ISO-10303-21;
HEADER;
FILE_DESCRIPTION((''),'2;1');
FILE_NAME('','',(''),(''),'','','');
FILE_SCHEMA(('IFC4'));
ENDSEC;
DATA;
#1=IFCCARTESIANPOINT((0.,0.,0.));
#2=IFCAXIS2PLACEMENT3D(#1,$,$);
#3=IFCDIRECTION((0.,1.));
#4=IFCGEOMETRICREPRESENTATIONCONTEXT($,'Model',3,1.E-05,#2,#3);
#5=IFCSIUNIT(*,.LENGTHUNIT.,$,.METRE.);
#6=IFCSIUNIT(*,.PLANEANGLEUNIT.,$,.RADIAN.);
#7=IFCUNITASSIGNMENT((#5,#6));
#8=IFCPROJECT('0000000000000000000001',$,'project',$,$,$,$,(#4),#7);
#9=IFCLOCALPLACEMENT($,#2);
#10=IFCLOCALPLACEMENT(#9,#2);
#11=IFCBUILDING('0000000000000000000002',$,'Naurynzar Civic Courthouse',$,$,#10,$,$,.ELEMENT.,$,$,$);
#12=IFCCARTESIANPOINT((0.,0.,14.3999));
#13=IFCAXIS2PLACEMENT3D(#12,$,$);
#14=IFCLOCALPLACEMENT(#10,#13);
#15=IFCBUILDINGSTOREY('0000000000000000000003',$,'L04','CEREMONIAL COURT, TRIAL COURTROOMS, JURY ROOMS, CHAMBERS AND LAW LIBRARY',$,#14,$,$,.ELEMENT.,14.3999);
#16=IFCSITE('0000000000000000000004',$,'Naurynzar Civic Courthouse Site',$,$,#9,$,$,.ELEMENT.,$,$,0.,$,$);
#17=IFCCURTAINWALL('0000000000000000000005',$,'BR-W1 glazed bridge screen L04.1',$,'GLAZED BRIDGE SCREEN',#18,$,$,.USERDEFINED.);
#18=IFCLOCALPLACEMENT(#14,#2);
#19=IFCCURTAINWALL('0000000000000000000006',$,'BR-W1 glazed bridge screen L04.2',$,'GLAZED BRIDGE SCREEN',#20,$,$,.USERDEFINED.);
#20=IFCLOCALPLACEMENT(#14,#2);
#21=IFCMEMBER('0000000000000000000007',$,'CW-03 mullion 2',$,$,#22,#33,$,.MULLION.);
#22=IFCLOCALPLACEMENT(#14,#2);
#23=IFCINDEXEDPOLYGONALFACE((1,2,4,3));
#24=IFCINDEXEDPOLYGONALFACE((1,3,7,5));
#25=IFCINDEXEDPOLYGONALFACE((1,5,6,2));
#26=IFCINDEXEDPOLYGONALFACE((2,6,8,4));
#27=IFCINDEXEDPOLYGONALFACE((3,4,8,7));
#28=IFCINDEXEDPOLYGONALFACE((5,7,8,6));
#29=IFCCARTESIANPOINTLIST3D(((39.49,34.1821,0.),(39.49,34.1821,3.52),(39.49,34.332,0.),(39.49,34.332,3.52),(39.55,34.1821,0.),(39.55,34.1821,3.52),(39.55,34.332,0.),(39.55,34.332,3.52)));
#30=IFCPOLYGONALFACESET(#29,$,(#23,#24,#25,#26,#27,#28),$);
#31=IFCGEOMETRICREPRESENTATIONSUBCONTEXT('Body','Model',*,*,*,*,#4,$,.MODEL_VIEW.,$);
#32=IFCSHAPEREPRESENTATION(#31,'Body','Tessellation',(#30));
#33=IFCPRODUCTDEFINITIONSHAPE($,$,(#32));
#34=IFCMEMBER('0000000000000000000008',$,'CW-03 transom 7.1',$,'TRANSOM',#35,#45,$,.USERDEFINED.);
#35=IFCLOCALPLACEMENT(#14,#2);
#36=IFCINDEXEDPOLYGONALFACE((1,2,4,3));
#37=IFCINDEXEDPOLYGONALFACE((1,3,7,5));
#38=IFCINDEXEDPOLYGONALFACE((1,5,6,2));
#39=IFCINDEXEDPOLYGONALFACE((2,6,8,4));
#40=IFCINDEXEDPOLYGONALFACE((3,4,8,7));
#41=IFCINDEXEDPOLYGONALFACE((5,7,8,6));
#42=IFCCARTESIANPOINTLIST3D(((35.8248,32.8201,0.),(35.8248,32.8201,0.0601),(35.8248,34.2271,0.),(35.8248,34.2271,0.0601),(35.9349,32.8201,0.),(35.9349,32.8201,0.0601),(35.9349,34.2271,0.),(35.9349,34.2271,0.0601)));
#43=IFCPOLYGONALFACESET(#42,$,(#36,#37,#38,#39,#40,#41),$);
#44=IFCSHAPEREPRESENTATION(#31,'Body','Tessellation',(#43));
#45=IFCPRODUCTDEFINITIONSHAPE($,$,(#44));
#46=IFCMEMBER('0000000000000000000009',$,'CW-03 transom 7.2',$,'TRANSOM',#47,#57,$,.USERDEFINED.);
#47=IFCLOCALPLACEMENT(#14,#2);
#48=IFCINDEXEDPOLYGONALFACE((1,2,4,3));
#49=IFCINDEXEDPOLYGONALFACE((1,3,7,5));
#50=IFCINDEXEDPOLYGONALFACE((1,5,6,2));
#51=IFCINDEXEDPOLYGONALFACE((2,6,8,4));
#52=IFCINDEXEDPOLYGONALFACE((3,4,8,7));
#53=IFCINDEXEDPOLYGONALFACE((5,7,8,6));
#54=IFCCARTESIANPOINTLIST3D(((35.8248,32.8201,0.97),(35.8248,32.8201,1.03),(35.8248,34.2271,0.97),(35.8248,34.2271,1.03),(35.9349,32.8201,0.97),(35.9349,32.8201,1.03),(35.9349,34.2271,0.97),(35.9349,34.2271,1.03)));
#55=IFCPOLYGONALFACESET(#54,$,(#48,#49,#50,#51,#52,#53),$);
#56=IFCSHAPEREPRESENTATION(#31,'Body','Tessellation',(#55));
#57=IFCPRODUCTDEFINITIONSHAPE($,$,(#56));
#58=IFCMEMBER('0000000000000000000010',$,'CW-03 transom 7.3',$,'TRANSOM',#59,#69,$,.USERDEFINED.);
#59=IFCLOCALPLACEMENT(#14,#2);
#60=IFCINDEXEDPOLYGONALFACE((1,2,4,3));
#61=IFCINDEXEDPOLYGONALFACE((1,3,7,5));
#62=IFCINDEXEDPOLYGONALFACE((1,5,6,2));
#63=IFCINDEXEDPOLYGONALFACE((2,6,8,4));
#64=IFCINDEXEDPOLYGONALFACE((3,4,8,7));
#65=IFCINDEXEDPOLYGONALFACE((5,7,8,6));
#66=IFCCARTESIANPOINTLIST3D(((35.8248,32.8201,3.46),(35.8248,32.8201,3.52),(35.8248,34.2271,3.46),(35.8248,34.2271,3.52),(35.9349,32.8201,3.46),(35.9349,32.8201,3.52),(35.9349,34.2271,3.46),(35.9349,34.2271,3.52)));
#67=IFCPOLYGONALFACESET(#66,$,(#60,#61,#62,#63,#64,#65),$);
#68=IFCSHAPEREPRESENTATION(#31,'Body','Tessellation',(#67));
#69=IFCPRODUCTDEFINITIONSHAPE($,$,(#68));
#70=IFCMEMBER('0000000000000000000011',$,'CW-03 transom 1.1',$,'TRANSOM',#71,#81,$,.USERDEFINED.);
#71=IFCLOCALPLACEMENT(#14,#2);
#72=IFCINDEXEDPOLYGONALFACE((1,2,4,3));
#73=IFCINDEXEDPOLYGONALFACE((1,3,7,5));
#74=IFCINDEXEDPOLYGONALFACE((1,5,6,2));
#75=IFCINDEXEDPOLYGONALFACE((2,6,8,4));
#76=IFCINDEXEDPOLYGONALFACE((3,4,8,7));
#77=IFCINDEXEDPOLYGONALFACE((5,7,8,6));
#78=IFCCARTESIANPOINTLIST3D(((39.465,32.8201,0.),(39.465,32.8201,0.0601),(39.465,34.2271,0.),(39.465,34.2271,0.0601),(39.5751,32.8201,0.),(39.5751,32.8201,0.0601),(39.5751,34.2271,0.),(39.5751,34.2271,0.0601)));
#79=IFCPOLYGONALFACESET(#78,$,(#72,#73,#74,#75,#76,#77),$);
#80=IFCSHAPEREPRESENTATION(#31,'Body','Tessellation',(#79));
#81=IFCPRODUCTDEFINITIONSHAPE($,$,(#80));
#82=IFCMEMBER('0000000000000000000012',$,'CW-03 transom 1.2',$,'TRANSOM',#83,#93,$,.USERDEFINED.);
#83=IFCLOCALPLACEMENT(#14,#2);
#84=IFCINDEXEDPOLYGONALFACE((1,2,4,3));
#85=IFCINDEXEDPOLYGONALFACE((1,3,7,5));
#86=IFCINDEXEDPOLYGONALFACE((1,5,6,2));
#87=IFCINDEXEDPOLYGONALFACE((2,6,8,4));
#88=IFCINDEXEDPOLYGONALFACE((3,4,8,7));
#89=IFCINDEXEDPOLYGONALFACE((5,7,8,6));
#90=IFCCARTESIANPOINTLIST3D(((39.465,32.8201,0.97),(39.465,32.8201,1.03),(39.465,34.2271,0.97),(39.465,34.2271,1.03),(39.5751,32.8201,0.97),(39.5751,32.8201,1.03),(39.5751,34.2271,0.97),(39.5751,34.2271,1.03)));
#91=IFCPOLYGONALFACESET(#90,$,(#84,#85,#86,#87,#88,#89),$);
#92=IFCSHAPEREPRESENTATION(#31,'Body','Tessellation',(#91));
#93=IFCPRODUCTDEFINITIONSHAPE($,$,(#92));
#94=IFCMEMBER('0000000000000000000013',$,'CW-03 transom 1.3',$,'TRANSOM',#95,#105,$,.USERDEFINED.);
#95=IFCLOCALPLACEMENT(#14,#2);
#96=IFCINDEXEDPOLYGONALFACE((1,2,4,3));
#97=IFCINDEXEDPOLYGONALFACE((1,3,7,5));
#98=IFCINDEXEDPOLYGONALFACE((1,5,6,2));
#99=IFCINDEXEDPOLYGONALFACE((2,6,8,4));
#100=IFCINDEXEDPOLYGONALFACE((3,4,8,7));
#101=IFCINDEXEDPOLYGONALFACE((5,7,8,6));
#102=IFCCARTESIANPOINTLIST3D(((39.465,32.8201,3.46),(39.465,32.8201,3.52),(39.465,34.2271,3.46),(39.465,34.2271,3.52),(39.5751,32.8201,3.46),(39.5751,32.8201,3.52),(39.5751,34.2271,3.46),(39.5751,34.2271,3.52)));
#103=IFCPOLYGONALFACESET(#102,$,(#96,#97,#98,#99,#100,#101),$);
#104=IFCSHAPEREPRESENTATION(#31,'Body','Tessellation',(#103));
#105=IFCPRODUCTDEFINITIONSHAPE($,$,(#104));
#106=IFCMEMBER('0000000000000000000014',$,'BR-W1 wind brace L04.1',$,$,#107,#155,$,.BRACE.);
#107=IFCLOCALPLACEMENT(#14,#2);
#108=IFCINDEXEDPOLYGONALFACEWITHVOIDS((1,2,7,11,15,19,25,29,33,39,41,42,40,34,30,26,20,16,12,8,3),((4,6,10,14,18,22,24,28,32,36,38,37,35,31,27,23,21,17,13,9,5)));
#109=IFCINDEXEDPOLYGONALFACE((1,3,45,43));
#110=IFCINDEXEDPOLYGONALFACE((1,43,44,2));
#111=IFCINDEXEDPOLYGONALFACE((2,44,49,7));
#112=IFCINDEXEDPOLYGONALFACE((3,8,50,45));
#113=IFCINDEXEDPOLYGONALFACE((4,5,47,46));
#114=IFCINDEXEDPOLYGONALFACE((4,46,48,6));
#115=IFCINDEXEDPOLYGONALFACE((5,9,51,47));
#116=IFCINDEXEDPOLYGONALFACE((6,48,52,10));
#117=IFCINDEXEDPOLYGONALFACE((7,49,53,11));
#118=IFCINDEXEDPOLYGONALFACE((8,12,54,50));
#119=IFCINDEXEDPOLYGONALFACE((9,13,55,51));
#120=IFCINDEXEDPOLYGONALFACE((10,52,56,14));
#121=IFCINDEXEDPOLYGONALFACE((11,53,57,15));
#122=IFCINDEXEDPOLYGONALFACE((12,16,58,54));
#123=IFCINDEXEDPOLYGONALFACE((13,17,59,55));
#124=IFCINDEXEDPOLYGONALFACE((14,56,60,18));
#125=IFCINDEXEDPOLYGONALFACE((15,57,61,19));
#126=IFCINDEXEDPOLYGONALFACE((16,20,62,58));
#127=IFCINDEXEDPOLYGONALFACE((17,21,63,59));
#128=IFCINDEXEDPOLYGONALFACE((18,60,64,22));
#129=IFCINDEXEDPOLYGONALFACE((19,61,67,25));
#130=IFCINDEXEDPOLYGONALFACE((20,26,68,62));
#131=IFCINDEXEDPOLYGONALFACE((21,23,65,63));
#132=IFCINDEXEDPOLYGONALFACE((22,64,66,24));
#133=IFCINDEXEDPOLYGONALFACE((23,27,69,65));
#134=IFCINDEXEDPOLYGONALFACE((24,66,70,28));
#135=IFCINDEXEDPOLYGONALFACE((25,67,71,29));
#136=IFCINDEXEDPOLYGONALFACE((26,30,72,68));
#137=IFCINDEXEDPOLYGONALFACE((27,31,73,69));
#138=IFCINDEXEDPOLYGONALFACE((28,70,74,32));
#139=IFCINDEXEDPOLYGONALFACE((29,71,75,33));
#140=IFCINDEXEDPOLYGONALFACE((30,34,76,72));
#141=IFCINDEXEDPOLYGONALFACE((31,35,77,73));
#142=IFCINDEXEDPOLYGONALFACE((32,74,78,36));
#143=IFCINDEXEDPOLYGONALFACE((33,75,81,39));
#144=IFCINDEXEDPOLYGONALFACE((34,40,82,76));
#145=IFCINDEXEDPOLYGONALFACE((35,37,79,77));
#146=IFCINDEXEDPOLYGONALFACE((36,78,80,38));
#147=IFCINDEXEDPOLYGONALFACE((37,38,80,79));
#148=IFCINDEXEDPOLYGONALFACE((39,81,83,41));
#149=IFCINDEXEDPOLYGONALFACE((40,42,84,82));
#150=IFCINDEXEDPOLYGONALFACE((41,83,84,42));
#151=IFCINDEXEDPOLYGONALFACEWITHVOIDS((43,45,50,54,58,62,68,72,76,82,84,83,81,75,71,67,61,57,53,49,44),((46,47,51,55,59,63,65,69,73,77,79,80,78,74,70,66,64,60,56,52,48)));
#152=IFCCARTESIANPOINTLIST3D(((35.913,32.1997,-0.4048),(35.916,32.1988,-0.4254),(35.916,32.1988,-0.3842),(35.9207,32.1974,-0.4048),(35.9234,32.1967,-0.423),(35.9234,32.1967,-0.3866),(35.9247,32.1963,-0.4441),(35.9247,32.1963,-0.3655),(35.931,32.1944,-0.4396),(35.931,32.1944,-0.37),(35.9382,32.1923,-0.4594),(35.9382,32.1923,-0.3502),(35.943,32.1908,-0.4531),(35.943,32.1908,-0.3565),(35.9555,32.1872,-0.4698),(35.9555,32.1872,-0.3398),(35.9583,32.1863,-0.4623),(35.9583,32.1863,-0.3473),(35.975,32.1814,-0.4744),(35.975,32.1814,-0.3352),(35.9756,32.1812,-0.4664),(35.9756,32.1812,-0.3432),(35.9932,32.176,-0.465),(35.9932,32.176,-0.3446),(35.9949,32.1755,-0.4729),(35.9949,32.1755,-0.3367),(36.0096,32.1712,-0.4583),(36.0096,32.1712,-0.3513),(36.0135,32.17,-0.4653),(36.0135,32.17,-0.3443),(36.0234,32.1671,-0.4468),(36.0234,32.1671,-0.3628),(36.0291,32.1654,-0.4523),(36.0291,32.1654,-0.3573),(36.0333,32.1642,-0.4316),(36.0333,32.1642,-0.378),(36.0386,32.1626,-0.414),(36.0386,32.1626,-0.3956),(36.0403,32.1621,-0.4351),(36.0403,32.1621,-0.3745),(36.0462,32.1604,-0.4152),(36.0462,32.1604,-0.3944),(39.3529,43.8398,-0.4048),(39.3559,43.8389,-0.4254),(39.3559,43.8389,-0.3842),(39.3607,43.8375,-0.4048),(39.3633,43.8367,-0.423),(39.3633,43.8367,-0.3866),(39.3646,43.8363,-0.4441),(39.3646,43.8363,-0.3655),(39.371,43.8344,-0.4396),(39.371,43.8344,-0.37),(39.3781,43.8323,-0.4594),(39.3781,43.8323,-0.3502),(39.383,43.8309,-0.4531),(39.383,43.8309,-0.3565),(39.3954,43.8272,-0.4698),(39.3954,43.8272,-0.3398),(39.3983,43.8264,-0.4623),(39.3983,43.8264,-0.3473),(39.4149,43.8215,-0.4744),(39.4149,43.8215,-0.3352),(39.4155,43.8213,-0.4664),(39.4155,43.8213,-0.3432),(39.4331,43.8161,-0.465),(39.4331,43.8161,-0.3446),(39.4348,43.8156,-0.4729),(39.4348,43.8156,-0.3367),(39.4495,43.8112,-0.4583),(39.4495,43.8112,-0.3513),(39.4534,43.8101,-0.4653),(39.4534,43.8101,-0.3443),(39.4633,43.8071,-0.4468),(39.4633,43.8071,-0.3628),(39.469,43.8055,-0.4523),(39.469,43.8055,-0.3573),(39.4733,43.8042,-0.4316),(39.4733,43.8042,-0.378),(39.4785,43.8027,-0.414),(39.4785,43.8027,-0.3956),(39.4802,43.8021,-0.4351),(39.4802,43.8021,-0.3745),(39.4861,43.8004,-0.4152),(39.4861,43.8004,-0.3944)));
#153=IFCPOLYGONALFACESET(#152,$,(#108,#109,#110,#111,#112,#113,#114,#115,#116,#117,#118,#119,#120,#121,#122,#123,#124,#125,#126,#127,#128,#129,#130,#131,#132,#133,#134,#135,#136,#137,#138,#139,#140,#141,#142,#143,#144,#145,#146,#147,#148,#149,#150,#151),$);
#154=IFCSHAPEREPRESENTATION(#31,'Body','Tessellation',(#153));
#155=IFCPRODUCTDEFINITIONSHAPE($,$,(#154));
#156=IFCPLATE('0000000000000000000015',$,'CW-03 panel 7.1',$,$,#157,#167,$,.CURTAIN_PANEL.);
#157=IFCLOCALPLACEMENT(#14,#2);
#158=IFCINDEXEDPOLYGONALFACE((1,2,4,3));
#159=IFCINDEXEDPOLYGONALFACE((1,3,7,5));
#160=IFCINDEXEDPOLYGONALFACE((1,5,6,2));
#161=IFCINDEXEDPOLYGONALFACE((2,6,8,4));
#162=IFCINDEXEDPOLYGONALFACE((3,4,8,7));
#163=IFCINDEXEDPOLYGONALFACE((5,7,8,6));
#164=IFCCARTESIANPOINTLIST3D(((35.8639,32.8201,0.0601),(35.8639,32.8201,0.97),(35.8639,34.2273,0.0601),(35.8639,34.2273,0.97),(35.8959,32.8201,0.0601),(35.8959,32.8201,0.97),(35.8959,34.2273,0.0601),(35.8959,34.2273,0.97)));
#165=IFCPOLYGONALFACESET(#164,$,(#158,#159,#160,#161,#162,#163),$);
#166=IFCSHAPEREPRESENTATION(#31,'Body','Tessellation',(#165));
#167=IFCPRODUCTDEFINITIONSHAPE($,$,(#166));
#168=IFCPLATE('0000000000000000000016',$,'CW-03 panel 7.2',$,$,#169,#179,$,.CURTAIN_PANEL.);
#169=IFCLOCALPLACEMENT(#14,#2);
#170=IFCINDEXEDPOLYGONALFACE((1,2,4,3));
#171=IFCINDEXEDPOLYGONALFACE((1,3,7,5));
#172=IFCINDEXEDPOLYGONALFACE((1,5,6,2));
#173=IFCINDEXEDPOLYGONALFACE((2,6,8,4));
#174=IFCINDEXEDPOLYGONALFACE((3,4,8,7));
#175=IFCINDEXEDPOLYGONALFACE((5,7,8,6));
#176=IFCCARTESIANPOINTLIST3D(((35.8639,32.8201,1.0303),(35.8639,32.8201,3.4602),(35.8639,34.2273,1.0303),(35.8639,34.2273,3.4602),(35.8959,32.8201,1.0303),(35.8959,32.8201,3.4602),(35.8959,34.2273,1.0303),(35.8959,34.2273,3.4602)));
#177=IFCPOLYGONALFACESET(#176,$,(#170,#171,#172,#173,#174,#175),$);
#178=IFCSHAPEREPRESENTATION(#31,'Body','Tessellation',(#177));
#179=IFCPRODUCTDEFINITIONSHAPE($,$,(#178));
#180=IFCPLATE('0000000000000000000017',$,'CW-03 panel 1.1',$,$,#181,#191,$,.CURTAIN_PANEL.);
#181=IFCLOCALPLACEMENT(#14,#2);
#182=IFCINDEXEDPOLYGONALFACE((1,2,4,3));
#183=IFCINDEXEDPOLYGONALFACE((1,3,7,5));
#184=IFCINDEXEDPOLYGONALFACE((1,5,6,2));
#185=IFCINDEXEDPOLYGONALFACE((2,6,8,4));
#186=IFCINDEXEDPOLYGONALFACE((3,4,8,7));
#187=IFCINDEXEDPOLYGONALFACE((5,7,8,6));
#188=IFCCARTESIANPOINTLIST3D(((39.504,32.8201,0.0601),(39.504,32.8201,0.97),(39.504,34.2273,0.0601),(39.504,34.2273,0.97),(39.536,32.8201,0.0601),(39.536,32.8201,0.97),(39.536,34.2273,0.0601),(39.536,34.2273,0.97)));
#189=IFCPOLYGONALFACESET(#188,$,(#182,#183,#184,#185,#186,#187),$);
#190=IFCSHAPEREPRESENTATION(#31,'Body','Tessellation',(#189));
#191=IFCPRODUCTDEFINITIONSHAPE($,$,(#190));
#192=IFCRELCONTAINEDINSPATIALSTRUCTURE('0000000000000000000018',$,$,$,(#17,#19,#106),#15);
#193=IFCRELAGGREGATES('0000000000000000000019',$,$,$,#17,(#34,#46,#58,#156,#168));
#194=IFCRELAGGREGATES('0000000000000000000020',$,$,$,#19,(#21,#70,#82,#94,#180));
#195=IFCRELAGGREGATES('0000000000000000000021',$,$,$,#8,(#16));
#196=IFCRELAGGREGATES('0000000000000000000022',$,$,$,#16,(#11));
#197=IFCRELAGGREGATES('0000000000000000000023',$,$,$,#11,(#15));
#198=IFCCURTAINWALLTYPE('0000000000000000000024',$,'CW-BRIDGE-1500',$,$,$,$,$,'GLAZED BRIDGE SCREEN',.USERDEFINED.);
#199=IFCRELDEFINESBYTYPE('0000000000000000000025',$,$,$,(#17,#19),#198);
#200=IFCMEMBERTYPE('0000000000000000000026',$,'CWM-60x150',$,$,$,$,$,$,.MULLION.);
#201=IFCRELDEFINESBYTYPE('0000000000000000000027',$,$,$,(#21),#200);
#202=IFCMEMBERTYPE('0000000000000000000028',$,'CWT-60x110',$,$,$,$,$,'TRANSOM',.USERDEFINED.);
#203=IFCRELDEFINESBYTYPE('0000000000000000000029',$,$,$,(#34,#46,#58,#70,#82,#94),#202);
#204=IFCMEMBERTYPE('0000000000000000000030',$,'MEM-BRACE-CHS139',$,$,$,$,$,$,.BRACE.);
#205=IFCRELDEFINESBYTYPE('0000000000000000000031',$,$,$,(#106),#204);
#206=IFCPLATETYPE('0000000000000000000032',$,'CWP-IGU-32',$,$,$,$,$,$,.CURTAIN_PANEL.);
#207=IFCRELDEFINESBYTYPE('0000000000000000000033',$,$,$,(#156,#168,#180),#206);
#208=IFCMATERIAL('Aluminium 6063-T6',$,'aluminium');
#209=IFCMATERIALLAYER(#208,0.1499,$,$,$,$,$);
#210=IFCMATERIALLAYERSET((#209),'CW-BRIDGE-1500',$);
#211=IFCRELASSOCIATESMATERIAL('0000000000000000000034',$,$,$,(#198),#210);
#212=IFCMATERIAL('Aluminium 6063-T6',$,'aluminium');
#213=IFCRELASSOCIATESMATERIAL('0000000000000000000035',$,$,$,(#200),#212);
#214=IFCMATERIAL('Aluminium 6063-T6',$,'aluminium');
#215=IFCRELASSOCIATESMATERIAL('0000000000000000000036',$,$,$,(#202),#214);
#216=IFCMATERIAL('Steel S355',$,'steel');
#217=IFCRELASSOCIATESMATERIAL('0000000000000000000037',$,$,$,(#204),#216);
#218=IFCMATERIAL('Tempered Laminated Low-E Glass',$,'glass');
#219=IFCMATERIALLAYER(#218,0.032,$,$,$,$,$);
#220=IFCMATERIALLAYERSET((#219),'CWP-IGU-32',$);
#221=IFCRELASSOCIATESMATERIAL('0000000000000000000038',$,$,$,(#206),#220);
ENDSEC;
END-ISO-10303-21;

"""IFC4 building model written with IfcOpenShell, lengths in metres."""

from ifc_helpers import new_model, si_unit, direction, frame, origin, origin_2d, place, context, subcontext, project, spatial, rectangle, hollow_circle, extrude, material, layer, layer_set, material_profile, profile_set, type_object, element, aggregate, save


model = new_model("IFC4")

# Units and contexts
model_context = context("Model", 3, precision=1e-05, world=origin(), true_north=direction((0.0, 1.0)))
body_context = subcontext(model_context, "Body", "Model", "MODEL_VIEW")
ifc_project = project(units=[si_unit("LENGTHUNIT", "METRE"), si_unit("PLANEANGLEUNIT", "RADIAN")], contexts=[model_context])

# Site, building, storey
site_placement = place(None, origin())
site = spatial("IfcSite", under=ifc_project, at=site_placement, Name="Naurynzar Civic Courthouse Site", CompositionType="ELEMENT", RefElevation=0.0)
building_placement = place(site_placement, origin())
building = spatial("IfcBuilding", under=site, at=building_placement, Name="Naurynzar Civic Courthouse", CompositionType="ELEMENT")
storey_placement = place(building_placement, frame((0.0, 0.0, 14.3999)))
storey = spatial("IfcBuildingStorey", under=building, at=storey_placement, Name="L04", Description="CEREMONIAL COURT, TRIAL COURTROOMS, JURY ROOMS, CHAMBERS AND LAW LIBRARY", CompositionType="ELEMENT", Elevation=14.3999)

# Curtain wall
ifc_material_1 = material(Name="Aluminium 6063-T6", Category="aluminium")
ifc_layer_1 = layer(ifc_material_1, 0.1499)
ifc_layer_set_1 = layer_set([ifc_layer_1], Name="CW-BRIDGE-1500")
curtain_wall_type = type_object("IfcCurtainWallType", Name="CW-BRIDGE-1500", ElementType="GLAZED BRIDGE SCREEN", PredefinedType="USERDEFINED", material=ifc_layer_set_1)
curtain_wall_1_placement = place(storey_placement, origin())
curtain_wall_1 = element("IfcCurtainWall", 1, at=curtain_wall_1_placement, inside=storey, type_object=curtain_wall_type, Name="BR-W1 glazed bridge screen L04.1", ObjectType="GLAZED BRIDGE SCREEN", PredefinedType="USERDEFINED")
ifc_material_2 = material(Name="Aluminium 6063-T6", Category="aluminium")
ifc_material_profile_1 = material_profile(ifc_material_2, rectangle(XDim=0.0601, YDim=0.1499, at=origin_2d()), Name="ALU MULLION 60x150")
ifc_profile_set_1 = profile_set([ifc_material_profile_1], Name="Aluminium 6063-T6")
member_type_1 = type_object("IfcMemberType", Name="CWM-60x150", PredefinedType="MULLION", material=ifc_profile_set_1)

# Curtain wall, member
curtain_wall_2_placement = place(storey_placement, origin())
curtain_wall_2 = element("IfcCurtainWall", 2, at=curtain_wall_2_placement, inside=storey, type_object=curtain_wall_type, Name="BR-W1 glazed bridge screen L04.2", ObjectType="GLAZED BRIDGE SCREEN", PredefinedType="USERDEFINED")
member_1_placement = place(storey_placement, frame((39.52, 34.2571, 0.0), z_axis=(0.0, 0.0, 1.0), x_axis=(-1.0, 0.0, 0.0)))
member_1 = element("IfcMember", 3, at=member_1_placement, type_object=member_type_1, Name="CW-03 mullion 2", PredefinedType="MULLION", context=body_context, shape_type="SweptSolid", body=[
    extrude(rectangle(XDim=0.0601, YDim=0.1499, at=origin_2d()), origin(), (0.0, 0.0, 1.0), 3.52),
])

# Members
ifc_material_3 = material(Name="Aluminium 6063-T6", Category="aluminium")
ifc_material_profile_2 = material_profile(ifc_material_3, rectangle(XDim=0.1101, YDim=0.0601, at=origin_2d()), Name="ALU TRANSOM 60x110")
ifc_profile_set_2 = profile_set([ifc_material_profile_2], Name="Aluminium 6063-T6")
member_type_2 = type_object("IfcMemberType", Name="CWT-60x110", ElementType="TRANSOM", PredefinedType="USERDEFINED", material=ifc_profile_set_2)
member_2_placement = place(storey_placement, frame((35.8799, 34.2271, 0.03), z_axis=(0.0, -1.0, 0.0), x_axis=(1.0, 0.0, 0.0)))
member_2 = element("IfcMember", 4, at=member_2_placement, type_object=member_type_2, Name="CW-03 transom 7.1", ObjectType="TRANSOM", PredefinedType="USERDEFINED", context=body_context, shape_type="SweptSolid", body=[
    extrude(rectangle(XDim=0.1101, YDim=0.0601, at=origin_2d()), origin(), (0.0, 0.0, 1.0), 1.407),
])
member_3_placement = place(storey_placement, frame((35.8799, 34.2271, 1.0), z_axis=(0.0, -1.0, 0.0), x_axis=(1.0, 0.0, 0.0)))
member_3 = element("IfcMember", 5, at=member_3_placement, type_object=member_type_2, Name="CW-03 transom 7.2", ObjectType="TRANSOM", PredefinedType="USERDEFINED", context=body_context, shape_type="SweptSolid", body=[
    extrude(rectangle(XDim=0.1101, YDim=0.0601, at=origin_2d()), origin(), (0.0, 0.0, 1.0), 1.407),
])
member_4_placement = place(storey_placement, frame((35.8799, 34.2271, 3.49), z_axis=(0.0, -1.0, 0.0), x_axis=(1.0, 0.0, 0.0)))
member_4 = element("IfcMember", 6, at=member_4_placement, type_object=member_type_2, Name="CW-03 transom 7.3", ObjectType="TRANSOM", PredefinedType="USERDEFINED", context=body_context, shape_type="SweptSolid", body=[
    extrude(rectangle(XDim=0.1101, YDim=0.0601, at=origin_2d()), origin(), (0.0, 0.0, 1.0), 1.407),
])
member_5_placement = place(storey_placement, frame((39.52, 32.8201, 0.03), z_axis=(0.0, 1.0, 0.0), x_axis=(-1.0, 0.0, 0.0)))
member_5 = element("IfcMember", 7, at=member_5_placement, type_object=member_type_2, Name="CW-03 transom 1.1", ObjectType="TRANSOM", PredefinedType="USERDEFINED", context=body_context, shape_type="SweptSolid", body=[
    extrude(rectangle(XDim=0.1101, YDim=0.0601, at=origin_2d()), origin(), (0.0, 0.0, 1.0), 1.407),
])
member_6_placement = place(storey_placement, frame((39.52, 32.8201, 1.0), z_axis=(0.0, 1.0, 0.0), x_axis=(-1.0, 0.0, 0.0)))
member_6 = element("IfcMember", 8, at=member_6_placement, type_object=member_type_2, Name="CW-03 transom 1.2", ObjectType="TRANSOM", PredefinedType="USERDEFINED", context=body_context, shape_type="SweptSolid", body=[
    extrude(rectangle(XDim=0.1101, YDim=0.0601, at=origin_2d()), origin(), (0.0, 0.0, 1.0), 1.407),
])
member_7_placement = place(storey_placement, frame((39.52, 32.8201, 3.49), z_axis=(0.0, 1.0, 0.0), x_axis=(-1.0, 0.0, 0.0)))
member_7 = element("IfcMember", 9, at=member_7_placement, type_object=member_type_2, Name="CW-03 transom 1.3", ObjectType="TRANSOM", PredefinedType="USERDEFINED", context=body_context, shape_type="SweptSolid", body=[
    extrude(rectangle(XDim=0.1101, YDim=0.0601, at=origin_2d()), origin(), (0.0, 0.0, 1.0), 1.407),
])
ifc_material_4 = material(Name="Steel S355", Category="steel")
ifc_material_profile_3 = material_profile(ifc_material_4, hollow_circle(Radius=0.0698, WallThickness=0.0081, at=origin_2d()), Name="CHS 139.7x8")
ifc_profile_set_3 = profile_set([ifc_material_profile_3], Name="Steel S355")
member_type_3 = type_object("IfcMemberType", Name="MEM-BRACE-CHS139", PredefinedType="BRACE", material=ifc_profile_set_3)
member_8_placement = place(storey_placement, frame((35.98, 32.1799, -0.4048), z_axis=(0.283408, 0.959, 0.0), x_axis=(-0.959, 0.283408, 0.0)))
element("IfcMember", 10, at=member_8_placement, inside=storey, type_object=member_type_3, Name="BR-W1 wind brace L04.1", PredefinedType="BRACE", context=body_context, shape_type="SweptSolid", body=[
    extrude(hollow_circle(Radius=0.0698, WallThickness=0.0081, at=origin_2d()), origin(), (0.0, 0.0, 1.0), 12.1377),
])

# Plates
ifc_material_5 = material(Name="Tempered Laminated Low-E Glass", Category="glass")
ifc_layer_2 = layer(ifc_material_5, 0.032)
ifc_layer_set_2 = layer_set([ifc_layer_2], Name="CWP-IGU-32")
plate_type_1 = type_object("IfcPlateType", Name="CWP-IGU-32", PredefinedType="CURTAIN_PANEL", material=ifc_layer_set_2)
plate_1_placement = place(storey_placement, frame((35.8799, 33.5237, 0.0601), z_axis=(0.0, 0.0, 1.0), x_axis=(0.0, -1.0, 0.0)))
plate_1 = element("IfcPlate", 11, at=plate_1_placement, type_object=plate_type_1, Name="CW-03 panel 7.1", PredefinedType="CURTAIN_PANEL", context=body_context, shape_type="SweptSolid", body=[
    extrude(rectangle(XDim=1.4072, YDim=0.032, at=origin_2d()), origin(), (0.0, 0.0, 1.0), 0.9099),
])
plate_2_placement = place(storey_placement, frame((35.8799, 33.5237, 1.0303), z_axis=(0.0, 0.0, 1.0), x_axis=(0.0, -1.0, 0.0)))
plate_2 = element("IfcPlate", 12, at=plate_2_placement, type_object=plate_type_1, Name="CW-03 panel 7.2", PredefinedType="CURTAIN_PANEL", context=body_context, shape_type="SweptSolid", body=[
    extrude(rectangle(XDim=1.4072, YDim=0.032, at=origin_2d()), origin(), (0.0, 0.0, 1.0), 2.4299),
])
aggregate(curtain_wall_1, [member_2, member_3, member_4, plate_1, plate_2])
plate_3_placement = place(storey_placement, frame((39.52, 33.5237, 0.0601), z_axis=(0.0, 0.0, 1.0), x_axis=(0.0, 1.0, 0.0)))
plate_3 = element("IfcPlate", 13, at=plate_3_placement, type_object=plate_type_1, Name="CW-03 panel 1.1", PredefinedType="CURTAIN_PANEL", context=body_context, shape_type="SweptSolid", body=[
    extrude(rectangle(XDim=1.4072, YDim=0.032, at=origin_2d()), origin(), (0.0, 0.0, 1.0), 0.9099),
])
aggregate(curtain_wall_2, [member_1, member_5, member_6, member_7, plate_3])

save(model, "model.ifc")
